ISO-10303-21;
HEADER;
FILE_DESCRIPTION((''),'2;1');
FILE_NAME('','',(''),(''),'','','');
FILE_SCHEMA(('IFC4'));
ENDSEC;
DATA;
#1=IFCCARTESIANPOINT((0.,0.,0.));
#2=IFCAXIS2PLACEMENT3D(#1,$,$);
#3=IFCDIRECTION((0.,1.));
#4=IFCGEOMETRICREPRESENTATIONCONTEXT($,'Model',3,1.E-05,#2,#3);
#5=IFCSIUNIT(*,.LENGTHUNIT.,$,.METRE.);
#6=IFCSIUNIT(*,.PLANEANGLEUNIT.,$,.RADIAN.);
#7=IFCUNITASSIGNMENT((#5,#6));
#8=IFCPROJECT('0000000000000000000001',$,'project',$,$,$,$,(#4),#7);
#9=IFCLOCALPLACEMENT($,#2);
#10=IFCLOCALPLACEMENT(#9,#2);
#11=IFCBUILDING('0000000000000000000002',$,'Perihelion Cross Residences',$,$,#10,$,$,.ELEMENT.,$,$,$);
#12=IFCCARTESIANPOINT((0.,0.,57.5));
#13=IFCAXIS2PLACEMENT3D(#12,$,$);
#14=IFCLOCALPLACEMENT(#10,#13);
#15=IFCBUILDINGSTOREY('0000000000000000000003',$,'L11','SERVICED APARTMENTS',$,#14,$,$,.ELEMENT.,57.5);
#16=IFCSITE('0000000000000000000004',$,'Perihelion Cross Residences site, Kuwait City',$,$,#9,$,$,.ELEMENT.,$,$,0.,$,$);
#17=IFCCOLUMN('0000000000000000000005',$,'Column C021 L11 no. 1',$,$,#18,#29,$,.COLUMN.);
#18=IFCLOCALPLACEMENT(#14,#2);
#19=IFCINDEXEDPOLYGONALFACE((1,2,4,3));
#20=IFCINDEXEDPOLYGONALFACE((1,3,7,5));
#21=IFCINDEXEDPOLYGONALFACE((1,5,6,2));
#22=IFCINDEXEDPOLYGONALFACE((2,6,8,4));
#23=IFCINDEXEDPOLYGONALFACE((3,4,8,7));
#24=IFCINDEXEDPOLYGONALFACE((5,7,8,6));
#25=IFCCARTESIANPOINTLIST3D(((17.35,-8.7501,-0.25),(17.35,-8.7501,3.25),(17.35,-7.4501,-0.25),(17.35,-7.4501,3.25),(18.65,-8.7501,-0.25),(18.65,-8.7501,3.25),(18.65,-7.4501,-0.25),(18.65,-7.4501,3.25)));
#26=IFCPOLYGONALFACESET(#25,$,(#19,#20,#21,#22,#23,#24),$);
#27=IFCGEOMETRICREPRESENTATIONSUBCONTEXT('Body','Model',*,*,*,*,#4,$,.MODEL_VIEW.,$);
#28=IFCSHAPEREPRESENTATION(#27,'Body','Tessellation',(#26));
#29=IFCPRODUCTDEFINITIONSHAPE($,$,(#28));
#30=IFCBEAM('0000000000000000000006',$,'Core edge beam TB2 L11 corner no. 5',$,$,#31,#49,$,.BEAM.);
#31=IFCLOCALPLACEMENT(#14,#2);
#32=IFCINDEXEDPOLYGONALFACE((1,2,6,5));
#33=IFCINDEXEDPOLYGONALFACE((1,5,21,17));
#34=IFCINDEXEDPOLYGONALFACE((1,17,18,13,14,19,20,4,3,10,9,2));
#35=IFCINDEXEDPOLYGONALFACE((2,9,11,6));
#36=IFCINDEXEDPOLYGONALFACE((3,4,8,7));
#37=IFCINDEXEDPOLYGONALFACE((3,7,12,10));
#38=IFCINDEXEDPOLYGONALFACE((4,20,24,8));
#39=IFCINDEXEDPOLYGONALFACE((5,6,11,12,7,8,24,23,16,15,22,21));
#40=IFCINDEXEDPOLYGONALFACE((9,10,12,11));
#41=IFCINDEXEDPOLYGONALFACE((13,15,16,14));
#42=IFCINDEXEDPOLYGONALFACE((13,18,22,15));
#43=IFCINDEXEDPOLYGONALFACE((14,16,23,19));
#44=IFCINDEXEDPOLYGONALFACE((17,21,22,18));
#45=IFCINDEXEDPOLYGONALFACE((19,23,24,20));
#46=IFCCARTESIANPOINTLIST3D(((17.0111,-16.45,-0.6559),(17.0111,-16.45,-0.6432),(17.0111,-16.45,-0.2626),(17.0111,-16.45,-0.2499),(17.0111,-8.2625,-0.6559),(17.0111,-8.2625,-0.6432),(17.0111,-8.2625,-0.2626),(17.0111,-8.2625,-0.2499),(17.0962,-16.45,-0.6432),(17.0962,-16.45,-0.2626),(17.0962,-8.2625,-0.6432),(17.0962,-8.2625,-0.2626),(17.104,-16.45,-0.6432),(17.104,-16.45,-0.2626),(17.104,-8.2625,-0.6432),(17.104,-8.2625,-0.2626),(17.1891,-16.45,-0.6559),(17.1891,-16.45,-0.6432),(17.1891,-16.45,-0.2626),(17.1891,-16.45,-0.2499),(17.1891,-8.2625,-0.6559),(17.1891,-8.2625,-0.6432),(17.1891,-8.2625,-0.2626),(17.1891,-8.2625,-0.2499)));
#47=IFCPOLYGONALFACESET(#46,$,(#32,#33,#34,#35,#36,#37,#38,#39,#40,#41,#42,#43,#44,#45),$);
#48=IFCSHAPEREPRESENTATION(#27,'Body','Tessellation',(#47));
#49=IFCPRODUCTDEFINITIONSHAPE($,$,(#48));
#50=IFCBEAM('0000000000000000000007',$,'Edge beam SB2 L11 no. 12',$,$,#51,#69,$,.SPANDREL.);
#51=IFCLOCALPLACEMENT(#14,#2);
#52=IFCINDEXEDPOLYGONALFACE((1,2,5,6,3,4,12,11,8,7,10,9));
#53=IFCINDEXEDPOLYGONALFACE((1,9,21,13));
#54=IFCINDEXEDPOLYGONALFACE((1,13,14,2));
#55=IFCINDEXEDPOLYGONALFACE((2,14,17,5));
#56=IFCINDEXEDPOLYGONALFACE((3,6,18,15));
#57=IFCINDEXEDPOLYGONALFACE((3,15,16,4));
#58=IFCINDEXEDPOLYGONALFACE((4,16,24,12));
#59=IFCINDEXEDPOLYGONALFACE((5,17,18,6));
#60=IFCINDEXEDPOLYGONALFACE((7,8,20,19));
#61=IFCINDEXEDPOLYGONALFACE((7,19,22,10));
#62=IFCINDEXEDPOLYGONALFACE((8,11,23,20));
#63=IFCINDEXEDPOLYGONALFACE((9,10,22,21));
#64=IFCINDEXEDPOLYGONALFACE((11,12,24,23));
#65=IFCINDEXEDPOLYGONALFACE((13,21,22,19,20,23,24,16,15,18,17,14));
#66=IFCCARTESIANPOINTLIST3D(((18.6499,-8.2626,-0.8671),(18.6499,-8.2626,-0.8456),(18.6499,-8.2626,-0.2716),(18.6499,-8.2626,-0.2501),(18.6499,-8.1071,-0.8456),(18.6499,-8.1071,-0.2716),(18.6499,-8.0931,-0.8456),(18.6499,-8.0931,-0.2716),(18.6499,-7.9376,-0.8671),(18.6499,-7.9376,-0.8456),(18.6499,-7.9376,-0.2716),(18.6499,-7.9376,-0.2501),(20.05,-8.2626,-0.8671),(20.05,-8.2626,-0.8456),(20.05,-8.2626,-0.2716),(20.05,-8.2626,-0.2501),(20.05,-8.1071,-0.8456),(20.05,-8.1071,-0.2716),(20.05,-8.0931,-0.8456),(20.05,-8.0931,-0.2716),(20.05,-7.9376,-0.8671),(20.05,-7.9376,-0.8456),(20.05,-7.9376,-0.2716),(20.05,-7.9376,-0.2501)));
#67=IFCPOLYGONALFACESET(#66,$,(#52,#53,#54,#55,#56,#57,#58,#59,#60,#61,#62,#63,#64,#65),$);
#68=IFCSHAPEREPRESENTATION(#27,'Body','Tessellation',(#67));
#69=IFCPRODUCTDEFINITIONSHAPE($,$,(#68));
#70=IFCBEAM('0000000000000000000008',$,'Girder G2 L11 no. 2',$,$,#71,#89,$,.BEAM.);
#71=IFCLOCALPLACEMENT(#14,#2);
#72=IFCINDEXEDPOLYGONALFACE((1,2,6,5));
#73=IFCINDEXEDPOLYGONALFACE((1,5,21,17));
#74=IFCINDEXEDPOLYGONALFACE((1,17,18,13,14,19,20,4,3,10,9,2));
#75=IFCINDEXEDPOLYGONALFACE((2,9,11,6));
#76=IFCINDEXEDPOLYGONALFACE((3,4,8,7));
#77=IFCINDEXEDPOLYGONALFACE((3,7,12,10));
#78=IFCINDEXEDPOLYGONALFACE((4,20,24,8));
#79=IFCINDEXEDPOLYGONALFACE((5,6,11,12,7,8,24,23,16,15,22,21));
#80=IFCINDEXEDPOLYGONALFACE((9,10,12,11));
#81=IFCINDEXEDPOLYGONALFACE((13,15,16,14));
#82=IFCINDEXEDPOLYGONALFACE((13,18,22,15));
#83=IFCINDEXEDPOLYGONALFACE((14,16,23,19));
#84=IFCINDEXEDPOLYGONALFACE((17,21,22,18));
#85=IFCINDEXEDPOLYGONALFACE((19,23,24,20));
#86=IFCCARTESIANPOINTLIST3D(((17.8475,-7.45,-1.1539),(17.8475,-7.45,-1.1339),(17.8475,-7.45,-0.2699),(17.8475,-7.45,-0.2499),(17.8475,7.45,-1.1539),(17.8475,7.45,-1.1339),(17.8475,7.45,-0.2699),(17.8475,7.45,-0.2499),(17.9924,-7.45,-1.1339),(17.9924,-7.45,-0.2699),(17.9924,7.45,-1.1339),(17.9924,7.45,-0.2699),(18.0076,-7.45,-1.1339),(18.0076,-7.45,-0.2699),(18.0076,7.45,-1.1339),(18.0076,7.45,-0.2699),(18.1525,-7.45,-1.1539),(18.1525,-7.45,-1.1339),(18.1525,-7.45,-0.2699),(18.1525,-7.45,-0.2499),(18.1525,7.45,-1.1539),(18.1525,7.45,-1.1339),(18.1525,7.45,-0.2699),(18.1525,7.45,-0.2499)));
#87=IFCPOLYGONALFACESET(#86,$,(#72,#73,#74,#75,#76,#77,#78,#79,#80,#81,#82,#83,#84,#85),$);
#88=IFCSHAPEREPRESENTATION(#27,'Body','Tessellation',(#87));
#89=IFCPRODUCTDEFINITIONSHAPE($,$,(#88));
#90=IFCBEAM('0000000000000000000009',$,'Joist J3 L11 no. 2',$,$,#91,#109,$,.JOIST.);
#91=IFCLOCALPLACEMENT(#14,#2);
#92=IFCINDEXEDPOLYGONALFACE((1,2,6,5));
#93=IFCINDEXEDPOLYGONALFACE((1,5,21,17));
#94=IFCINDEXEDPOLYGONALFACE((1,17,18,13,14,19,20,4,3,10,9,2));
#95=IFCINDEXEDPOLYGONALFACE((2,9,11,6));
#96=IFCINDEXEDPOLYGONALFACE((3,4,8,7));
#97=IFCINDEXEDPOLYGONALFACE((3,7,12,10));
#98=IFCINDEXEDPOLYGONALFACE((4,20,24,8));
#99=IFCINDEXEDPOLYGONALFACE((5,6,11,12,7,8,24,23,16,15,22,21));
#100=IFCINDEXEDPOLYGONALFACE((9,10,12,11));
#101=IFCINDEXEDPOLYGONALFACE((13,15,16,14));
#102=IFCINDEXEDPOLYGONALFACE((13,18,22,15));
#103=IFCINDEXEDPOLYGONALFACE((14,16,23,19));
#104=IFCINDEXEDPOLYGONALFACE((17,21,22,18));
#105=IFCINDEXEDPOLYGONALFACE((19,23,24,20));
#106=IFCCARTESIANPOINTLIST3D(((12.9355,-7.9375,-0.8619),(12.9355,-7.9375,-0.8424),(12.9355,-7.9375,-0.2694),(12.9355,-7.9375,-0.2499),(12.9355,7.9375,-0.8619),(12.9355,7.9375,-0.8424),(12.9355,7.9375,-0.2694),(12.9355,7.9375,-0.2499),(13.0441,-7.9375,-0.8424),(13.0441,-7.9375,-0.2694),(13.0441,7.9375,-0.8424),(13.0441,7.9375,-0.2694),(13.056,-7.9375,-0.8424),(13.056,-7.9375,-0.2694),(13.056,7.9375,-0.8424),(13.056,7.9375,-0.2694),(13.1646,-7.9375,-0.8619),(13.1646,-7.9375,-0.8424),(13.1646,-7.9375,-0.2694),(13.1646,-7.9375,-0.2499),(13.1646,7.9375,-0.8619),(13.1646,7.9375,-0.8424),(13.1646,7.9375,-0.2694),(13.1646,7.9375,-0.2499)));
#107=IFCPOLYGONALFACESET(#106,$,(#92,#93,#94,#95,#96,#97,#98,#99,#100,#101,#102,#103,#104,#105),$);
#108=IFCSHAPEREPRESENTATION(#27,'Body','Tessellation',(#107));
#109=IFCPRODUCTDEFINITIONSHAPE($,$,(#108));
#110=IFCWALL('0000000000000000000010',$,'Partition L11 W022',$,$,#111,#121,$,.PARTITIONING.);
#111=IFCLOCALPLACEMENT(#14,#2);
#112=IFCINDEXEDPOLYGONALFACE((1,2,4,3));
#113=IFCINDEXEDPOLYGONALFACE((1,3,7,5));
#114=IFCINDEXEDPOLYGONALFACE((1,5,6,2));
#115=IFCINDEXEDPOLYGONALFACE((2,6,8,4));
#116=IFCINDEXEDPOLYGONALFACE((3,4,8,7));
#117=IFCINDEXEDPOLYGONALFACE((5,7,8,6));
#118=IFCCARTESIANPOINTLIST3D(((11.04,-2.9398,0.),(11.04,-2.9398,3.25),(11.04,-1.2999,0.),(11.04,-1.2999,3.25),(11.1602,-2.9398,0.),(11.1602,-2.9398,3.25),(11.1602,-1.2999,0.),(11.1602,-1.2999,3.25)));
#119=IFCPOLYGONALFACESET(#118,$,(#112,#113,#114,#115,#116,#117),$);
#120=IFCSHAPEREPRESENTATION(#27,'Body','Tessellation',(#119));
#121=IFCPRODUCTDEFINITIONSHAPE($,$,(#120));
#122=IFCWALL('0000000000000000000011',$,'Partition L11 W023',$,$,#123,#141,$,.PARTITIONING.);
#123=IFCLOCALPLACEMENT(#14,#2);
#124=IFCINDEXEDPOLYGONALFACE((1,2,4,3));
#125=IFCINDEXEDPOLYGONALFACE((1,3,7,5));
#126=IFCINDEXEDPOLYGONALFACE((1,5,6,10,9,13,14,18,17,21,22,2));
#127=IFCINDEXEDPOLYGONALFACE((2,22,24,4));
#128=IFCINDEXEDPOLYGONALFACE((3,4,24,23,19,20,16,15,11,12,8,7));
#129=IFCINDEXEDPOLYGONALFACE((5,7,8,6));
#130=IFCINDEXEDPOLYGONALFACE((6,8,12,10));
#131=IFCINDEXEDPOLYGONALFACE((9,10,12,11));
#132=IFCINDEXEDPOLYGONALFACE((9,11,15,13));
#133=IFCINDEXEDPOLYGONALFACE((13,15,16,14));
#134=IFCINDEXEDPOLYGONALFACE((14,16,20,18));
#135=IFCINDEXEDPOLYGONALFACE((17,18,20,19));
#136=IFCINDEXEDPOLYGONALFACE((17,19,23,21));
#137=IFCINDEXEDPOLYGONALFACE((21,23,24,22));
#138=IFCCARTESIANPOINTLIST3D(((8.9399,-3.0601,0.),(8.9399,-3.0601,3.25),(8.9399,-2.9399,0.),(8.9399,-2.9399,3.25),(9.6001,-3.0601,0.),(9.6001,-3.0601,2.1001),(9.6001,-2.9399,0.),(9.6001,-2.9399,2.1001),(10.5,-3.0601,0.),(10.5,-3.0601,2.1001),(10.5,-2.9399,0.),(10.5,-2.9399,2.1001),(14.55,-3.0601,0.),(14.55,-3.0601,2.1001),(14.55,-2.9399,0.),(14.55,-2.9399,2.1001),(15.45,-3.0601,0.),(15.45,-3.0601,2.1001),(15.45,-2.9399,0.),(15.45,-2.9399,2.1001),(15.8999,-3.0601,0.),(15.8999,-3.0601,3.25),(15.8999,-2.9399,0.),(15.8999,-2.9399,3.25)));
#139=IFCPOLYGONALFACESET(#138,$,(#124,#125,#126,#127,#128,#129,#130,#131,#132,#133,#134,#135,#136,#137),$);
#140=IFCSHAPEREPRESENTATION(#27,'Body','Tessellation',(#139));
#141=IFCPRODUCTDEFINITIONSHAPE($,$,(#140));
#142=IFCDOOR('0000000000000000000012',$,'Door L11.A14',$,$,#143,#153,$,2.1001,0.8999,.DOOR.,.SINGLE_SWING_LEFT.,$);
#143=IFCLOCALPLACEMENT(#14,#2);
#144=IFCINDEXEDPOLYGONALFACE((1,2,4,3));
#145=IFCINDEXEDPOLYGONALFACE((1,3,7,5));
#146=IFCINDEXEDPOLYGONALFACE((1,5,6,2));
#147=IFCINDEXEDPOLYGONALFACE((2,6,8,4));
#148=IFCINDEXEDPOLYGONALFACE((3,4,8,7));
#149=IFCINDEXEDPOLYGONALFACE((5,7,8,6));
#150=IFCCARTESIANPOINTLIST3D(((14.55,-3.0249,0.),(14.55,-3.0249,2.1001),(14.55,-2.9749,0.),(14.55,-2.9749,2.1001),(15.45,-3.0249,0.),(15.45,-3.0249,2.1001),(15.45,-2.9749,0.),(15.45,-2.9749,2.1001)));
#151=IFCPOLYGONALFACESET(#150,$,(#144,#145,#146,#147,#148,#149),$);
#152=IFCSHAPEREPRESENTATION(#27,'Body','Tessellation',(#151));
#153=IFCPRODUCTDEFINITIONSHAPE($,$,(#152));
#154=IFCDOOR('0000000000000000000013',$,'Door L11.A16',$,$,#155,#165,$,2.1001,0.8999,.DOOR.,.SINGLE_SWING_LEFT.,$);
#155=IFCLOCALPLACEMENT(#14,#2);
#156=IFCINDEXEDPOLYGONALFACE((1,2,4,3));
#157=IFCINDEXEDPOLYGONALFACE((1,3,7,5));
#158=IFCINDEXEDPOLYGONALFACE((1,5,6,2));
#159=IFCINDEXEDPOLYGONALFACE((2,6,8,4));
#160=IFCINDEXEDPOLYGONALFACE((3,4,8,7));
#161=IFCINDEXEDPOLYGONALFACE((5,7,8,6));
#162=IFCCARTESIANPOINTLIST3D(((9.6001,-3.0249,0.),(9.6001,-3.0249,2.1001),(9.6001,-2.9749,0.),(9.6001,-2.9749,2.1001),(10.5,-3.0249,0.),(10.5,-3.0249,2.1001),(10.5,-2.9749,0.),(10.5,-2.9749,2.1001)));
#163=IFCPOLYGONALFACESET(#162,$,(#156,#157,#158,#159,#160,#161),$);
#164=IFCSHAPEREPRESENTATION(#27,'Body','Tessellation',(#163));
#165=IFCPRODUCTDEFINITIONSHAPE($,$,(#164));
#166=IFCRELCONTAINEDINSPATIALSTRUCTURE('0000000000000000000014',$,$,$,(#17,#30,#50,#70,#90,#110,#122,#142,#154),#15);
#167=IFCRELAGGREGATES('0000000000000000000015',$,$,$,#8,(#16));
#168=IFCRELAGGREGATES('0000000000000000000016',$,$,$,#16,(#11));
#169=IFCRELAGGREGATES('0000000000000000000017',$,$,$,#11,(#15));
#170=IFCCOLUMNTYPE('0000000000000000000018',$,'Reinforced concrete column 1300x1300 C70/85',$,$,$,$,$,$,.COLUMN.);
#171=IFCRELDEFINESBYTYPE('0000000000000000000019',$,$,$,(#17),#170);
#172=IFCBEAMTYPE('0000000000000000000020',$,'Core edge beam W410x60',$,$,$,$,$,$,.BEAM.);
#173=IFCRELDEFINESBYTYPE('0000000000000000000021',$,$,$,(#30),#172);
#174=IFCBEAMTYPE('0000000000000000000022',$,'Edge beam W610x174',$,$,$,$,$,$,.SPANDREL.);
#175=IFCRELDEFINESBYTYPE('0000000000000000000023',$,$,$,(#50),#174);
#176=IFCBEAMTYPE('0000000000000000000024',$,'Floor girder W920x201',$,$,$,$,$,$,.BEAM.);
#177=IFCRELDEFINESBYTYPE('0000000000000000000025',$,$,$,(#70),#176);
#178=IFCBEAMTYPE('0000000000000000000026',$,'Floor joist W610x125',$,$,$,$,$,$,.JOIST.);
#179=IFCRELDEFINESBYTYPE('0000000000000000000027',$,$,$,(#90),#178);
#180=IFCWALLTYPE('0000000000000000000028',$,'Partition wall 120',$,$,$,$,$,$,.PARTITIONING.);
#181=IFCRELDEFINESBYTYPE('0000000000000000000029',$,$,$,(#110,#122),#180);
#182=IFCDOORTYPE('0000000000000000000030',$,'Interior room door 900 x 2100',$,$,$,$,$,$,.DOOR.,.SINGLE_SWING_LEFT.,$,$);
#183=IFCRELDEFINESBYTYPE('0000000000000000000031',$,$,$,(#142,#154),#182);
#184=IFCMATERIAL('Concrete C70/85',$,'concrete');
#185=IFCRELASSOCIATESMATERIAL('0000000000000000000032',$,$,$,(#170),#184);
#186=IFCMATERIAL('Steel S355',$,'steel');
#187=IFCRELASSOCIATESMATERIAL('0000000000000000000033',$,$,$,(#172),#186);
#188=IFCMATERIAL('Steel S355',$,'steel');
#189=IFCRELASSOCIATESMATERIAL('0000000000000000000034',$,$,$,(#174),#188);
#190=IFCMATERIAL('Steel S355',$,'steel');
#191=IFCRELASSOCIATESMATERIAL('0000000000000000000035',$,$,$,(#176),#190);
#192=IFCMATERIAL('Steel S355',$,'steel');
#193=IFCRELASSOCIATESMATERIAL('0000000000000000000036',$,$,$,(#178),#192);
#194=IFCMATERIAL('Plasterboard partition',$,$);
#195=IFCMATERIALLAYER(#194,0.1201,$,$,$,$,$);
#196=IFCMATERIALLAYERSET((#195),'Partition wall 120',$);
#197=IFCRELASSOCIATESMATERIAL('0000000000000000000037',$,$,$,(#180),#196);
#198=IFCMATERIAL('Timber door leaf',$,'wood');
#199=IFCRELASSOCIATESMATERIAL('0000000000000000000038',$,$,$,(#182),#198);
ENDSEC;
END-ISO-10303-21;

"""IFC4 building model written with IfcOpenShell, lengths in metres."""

from ifc_helpers import new_model, si_unit, direction, frame, frame_2d, origin, origin_2d, place, context, subcontext, project, spatial, rectangle, i_section, extrude, material, layer, layer_set, material_profile, profile_set, type_object, element, fill, save


model = new_model("IFC4")

# Units and contexts
model_context = context("Model", 3, precision=1e-05, world=origin(), true_north=direction((0.0, 1.0)))
body_context = subcontext(model_context, "Body", "Model", "MODEL_VIEW")
ifc_project = project(units=[si_unit("LENGTHUNIT", "METRE"), si_unit("PLANEANGLEUNIT", "RADIAN")], contexts=[model_context])

# Site, building, storey
site_placement = place(None, origin())
site = spatial("IfcSite", under=ifc_project, at=site_placement, Name="Perihelion Cross Residences site, Kuwait City", CompositionType="ELEMENT", RefElevation=0.0)
building_placement = place(site_placement, origin())
building = spatial("IfcBuilding", under=site, at=building_placement, Name="Perihelion Cross Residences", CompositionType="ELEMENT")
storey_placement = place(building_placement, frame((0.0, 0.0, 57.5)))
storey = spatial("IfcBuildingStorey", under=building, at=storey_placement, Name="L11", Description="SERVICED APARTMENTS", CompositionType="ELEMENT", Elevation=57.5)

# Column
ifc_material_1 = material(Name="Concrete C70/85", Category="concrete")
ifc_material_profile_1 = material_profile(ifc_material_1, rectangle(XDim=1.3, YDim=1.3, at=origin_2d()), Name="RC 1300x1300")
ifc_profile_set_1 = profile_set([ifc_material_profile_1], Name="Concrete C70/85")
column_type = type_object("IfcColumnType", Name="Reinforced concrete column 1300x1300 C70/85", PredefinedType="COLUMN", material=ifc_profile_set_1)
column_placement = place(storey_placement, frame((18.0, -8.1001, -0.25), z_axis=(0.0, 0.0, 1.0), x_axis=(1.0, 0.0, 0.0)))
element("IfcColumn", 1, at=column_placement, inside=storey, type_object=column_type, Name="Column C021 L11 no. 1", PredefinedType="COLUMN", context=body_context, shape_type="SweptSolid", body=[
    extrude(rectangle(XDim=1.3, YDim=1.3, at=origin_2d()), origin(), (0.0, 0.0, 1.0), 3.5),
])

# Beams
ifc_material_2 = material(Name="Steel S355", Category="steel")
ifc_material_profile_2 = material_profile(ifc_material_2, i_section(OverallWidth=0.178, OverallDepth=0.406, WebThickness=0.0078, FlangeThickness=0.0127, at=origin_2d()), Name="W410x60")
ifc_profile_set_2 = profile_set([ifc_material_profile_2], Name="Steel S355")
beam_type_1 = type_object("IfcBeamType", Name="Core edge beam W410x60", PredefinedType="BEAM", material=ifc_profile_set_2)
beam_1_placement = place(storey_placement, frame((17.1001, -8.2625, -0.4529), z_axis=(0.0, -1.0, 0.0), x_axis=(1.0, 0.0, 0.0)))
element("IfcBeam", 2, at=beam_1_placement, inside=storey, type_object=beam_type_1, Name="Core edge beam TB2 L11 corner no. 5", PredefinedType="BEAM", context=body_context, shape_type="SweptSolid", body=[
    extrude(i_section(OverallWidth=0.178, OverallDepth=0.406, WebThickness=0.0078, FlangeThickness=0.0127, at=origin_2d()), origin(), (0.0, 0.0, 1.0), 8.1875),
])
ifc_material_3 = material(Name="Steel S355", Category="steel")
ifc_material_profile_3 = material_profile(ifc_material_3, i_section(OverallWidth=0.325, OverallDepth=0.6169, WebThickness=0.0139, FlangeThickness=0.0215, at=origin_2d()), Name="W610x174")
ifc_profile_set_3 = profile_set([ifc_material_profile_3], Name="Steel S355")
beam_type_2 = type_object("IfcBeamType", Name="Edge beam W610x174", PredefinedType="SPANDREL", material=ifc_profile_set_3)
beam_2_placement = place(storey_placement, frame((18.6499, -8.1001, -0.5586), z_axis=(1.0, 0.0, 0.0), x_axis=(0.0, 1.0, 0.0)))
element("IfcBeam", 3, at=beam_2_placement, inside=storey, type_object=beam_type_2, Name="Edge beam SB2 L11 no. 12", PredefinedType="SPANDREL", context=body_context, shape_type="SweptSolid", body=[
    extrude(i_section(OverallWidth=0.325, OverallDepth=0.6169, WebThickness=0.0139, FlangeThickness=0.0215, at=origin_2d()), origin(), (0.0, 0.0, 1.0), 1.4001),
])
ifc_material_4 = material(Name="Steel S355", Category="steel")
ifc_material_profile_4 = material_profile(ifc_material_4, i_section(OverallWidth=0.3049, OverallDepth=0.9041, WebThickness=0.0151, FlangeThickness=0.02, at=origin_2d()), Name="W920x201")
ifc_profile_set_4 = profile_set([ifc_material_profile_4], Name="Steel S355")
beam_type_3 = type_object("IfcBeamType", Name="Floor girder W920x201", PredefinedType="BEAM", material=ifc_profile_set_4)
beam_3_placement = place(storey_placement, frame((18.0, -7.45, -0.7019), z_axis=(0.0, 1.0, 0.0), x_axis=(-1.0, 0.0, 0.0)))
element("IfcBeam", 4, at=beam_3_placement, inside=storey, type_object=beam_type_3, Name="Girder G2 L11 no. 2", PredefinedType="BEAM", context=body_context, shape_type="SweptSolid", body=[
    extrude(i_section(OverallWidth=0.3049, OverallDepth=0.9041, WebThickness=0.0151, FlangeThickness=0.02, at=origin_2d()), origin(), (0.0, 0.0, 1.0), 14.8999),
])
ifc_material_5 = material(Name="Steel S355", Category="steel")
ifc_material_profile_5 = material_profile(ifc_material_5, i_section(OverallWidth=0.229, OverallDepth=0.6121, WebThickness=0.012, FlangeThickness=0.0195, at=origin_2d()), Name="W610x125")
ifc_profile_set_5 = profile_set([ifc_material_profile_5], Name="Steel S355")
beam_type_4 = type_object("IfcBeamType", Name="Floor joist W610x125", PredefinedType="JOIST", material=ifc_profile_set_5)
beam_4_placement = place(storey_placement, frame((13.05, -7.9375, -0.5559), z_axis=(0.0, 1.0, 0.0), x_axis=(-1.0, 0.0, 0.0)))
element("IfcBeam", 5, at=beam_4_placement, inside=storey, type_object=beam_type_4, Name="Joist J3 L11 no. 2", PredefinedType="JOIST", context=body_context, shape_type="SweptSolid", body=[
    extrude(i_section(OverallWidth=0.229, OverallDepth=0.6121, WebThickness=0.012, FlangeThickness=0.0195, at=origin_2d()), origin(), (0.0, 0.0, 1.0), 15.875),
])

# Wall
ifc_material_6 = material(Name="Plasterboard partition")
ifc_layer_1 = layer(ifc_material_6, 0.1201)
ifc_layer_set_1 = layer_set([ifc_layer_1], Name="Partition wall 120")
wall_type_1 = type_object("IfcWallType", Name="Partition wall 120", PredefinedType="PARTITIONING", material=ifc_layer_set_1)
wall_1_placement = place(storey_placement, frame((11.1001, -1.3, 0.0), z_axis=(0.0, 0.0, 1.0), x_axis=(0.0, -1.0, 0.0)))
element("IfcWall", 6, at=wall_1_placement, inside=storey, type_object=wall_type_1, Name="Partition L11 W022", PredefinedType="PARTITIONING", context=body_context, shape_type="SweptSolid", body=[
    extrude(rectangle(XDim=1.6399, YDim=0.1201, at=frame_2d((0.8198, 0.0))), origin(), (0.0, 0.0, 1.0), 3.25),
])

# Wall, openings, doors
wall_2_placement = place(storey_placement, frame((15.8999, -3.0, 0.0), z_axis=(0.0, 0.0, 1.0), x_axis=(-1.0, 0.0, 0.0)))
wall_2 = element("IfcWall", 7, at=wall_2_placement, inside=storey, type_object=wall_type_1, Name="Partition L11 W023", PredefinedType="PARTITIONING", context=body_context, shape_type="SweptSolid", body=[
    extrude(rectangle(XDim=6.96, YDim=0.1201, at=frame_2d((3.48, 0.0))), origin(), (0.0, 0.0, 1.0), 3.25),
])
opening_1_placement = place(wall_2_placement, frame((0.45, 0.0, 0.0)))
opening_1 = element("IfcOpeningElement", 8, at=opening_1_placement, cuts=wall_2, PredefinedType="OPENING", context=body_context, shape_type="SweptSolid", body=[
    extrude(rectangle(XDim=0.8999, YDim=2.1001, at=frame_2d((0.45, 1.05))), frame((0.0, 0.0701, 0.0), z_axis=(0.0, -1.0, 0.0), x_axis=(1.0, 0.0, 0.0)), (0.0, 0.0, 1.0), 0.1401),
])
opening_2_placement = place(wall_2_placement, frame((5.3999, 0.0, 0.0)))
opening_2 = element("IfcOpeningElement", 9, at=opening_2_placement, cuts=wall_2, PredefinedType="OPENING", context=body_context, shape_type="SweptSolid", body=[
    extrude(rectangle(XDim=0.8999, YDim=2.1001, at=frame_2d((0.45, 1.05))), frame((0.0, 0.0701, 0.0), z_axis=(0.0, -1.0, 0.0), x_axis=(1.0, 0.0, 0.0)), (0.0, 0.0, 1.0), 0.1401),
])
ifc_material_7 = material(Name="Timber door leaf", Category="wood")
door_type_1 = type_object("IfcDoorType", Name="Interior room door 900 x 2100", OperationType="SINGLE_SWING_LEFT", PredefinedType="DOOR", material=ifc_material_7)
door_1_placement = place(opening_1_placement, origin())
door_1 = element("IfcDoor", 10, at=door_1_placement, inside=storey, type_object=door_type_1, Name="Door L11.A14", OperationType="SINGLE_SWING_LEFT", OverallHeight=2.1001, OverallWidth=0.8999, PredefinedType="DOOR", context=body_context, shape_type="SweptSolid", body=[
    extrude(rectangle(XDim=0.8999, YDim=2.1001, at=frame_2d((0.45, 1.05))), frame((0.0, 0.0249, 0.0), z_axis=(0.0, -1.0, 0.0), x_axis=(1.0, 0.0, 0.0)), (0.0, 0.0, 1.0), 0.05),
])
fill(opening_1, door_1)
door_2_placement = place(opening_2_placement, origin())
door_2 = element("IfcDoor", 11, at=door_2_placement, inside=storey, type_object=door_type_1, Name="Door L11.A16", OperationType="SINGLE_SWING_LEFT", OverallHeight=2.1001, OverallWidth=0.8999, PredefinedType="DOOR", context=body_context, shape_type="SweptSolid", body=[
    extrude(rectangle(XDim=0.8999, YDim=2.1001, at=frame_2d((0.45, 1.05))), frame((0.0, 0.0249, 0.0), z_axis=(0.0, -1.0, 0.0), x_axis=(1.0, 0.0, 0.0)), (0.0, 0.0, 1.0), 0.05),
])
fill(opening_2, door_2)

save(model, "model.ifc")
